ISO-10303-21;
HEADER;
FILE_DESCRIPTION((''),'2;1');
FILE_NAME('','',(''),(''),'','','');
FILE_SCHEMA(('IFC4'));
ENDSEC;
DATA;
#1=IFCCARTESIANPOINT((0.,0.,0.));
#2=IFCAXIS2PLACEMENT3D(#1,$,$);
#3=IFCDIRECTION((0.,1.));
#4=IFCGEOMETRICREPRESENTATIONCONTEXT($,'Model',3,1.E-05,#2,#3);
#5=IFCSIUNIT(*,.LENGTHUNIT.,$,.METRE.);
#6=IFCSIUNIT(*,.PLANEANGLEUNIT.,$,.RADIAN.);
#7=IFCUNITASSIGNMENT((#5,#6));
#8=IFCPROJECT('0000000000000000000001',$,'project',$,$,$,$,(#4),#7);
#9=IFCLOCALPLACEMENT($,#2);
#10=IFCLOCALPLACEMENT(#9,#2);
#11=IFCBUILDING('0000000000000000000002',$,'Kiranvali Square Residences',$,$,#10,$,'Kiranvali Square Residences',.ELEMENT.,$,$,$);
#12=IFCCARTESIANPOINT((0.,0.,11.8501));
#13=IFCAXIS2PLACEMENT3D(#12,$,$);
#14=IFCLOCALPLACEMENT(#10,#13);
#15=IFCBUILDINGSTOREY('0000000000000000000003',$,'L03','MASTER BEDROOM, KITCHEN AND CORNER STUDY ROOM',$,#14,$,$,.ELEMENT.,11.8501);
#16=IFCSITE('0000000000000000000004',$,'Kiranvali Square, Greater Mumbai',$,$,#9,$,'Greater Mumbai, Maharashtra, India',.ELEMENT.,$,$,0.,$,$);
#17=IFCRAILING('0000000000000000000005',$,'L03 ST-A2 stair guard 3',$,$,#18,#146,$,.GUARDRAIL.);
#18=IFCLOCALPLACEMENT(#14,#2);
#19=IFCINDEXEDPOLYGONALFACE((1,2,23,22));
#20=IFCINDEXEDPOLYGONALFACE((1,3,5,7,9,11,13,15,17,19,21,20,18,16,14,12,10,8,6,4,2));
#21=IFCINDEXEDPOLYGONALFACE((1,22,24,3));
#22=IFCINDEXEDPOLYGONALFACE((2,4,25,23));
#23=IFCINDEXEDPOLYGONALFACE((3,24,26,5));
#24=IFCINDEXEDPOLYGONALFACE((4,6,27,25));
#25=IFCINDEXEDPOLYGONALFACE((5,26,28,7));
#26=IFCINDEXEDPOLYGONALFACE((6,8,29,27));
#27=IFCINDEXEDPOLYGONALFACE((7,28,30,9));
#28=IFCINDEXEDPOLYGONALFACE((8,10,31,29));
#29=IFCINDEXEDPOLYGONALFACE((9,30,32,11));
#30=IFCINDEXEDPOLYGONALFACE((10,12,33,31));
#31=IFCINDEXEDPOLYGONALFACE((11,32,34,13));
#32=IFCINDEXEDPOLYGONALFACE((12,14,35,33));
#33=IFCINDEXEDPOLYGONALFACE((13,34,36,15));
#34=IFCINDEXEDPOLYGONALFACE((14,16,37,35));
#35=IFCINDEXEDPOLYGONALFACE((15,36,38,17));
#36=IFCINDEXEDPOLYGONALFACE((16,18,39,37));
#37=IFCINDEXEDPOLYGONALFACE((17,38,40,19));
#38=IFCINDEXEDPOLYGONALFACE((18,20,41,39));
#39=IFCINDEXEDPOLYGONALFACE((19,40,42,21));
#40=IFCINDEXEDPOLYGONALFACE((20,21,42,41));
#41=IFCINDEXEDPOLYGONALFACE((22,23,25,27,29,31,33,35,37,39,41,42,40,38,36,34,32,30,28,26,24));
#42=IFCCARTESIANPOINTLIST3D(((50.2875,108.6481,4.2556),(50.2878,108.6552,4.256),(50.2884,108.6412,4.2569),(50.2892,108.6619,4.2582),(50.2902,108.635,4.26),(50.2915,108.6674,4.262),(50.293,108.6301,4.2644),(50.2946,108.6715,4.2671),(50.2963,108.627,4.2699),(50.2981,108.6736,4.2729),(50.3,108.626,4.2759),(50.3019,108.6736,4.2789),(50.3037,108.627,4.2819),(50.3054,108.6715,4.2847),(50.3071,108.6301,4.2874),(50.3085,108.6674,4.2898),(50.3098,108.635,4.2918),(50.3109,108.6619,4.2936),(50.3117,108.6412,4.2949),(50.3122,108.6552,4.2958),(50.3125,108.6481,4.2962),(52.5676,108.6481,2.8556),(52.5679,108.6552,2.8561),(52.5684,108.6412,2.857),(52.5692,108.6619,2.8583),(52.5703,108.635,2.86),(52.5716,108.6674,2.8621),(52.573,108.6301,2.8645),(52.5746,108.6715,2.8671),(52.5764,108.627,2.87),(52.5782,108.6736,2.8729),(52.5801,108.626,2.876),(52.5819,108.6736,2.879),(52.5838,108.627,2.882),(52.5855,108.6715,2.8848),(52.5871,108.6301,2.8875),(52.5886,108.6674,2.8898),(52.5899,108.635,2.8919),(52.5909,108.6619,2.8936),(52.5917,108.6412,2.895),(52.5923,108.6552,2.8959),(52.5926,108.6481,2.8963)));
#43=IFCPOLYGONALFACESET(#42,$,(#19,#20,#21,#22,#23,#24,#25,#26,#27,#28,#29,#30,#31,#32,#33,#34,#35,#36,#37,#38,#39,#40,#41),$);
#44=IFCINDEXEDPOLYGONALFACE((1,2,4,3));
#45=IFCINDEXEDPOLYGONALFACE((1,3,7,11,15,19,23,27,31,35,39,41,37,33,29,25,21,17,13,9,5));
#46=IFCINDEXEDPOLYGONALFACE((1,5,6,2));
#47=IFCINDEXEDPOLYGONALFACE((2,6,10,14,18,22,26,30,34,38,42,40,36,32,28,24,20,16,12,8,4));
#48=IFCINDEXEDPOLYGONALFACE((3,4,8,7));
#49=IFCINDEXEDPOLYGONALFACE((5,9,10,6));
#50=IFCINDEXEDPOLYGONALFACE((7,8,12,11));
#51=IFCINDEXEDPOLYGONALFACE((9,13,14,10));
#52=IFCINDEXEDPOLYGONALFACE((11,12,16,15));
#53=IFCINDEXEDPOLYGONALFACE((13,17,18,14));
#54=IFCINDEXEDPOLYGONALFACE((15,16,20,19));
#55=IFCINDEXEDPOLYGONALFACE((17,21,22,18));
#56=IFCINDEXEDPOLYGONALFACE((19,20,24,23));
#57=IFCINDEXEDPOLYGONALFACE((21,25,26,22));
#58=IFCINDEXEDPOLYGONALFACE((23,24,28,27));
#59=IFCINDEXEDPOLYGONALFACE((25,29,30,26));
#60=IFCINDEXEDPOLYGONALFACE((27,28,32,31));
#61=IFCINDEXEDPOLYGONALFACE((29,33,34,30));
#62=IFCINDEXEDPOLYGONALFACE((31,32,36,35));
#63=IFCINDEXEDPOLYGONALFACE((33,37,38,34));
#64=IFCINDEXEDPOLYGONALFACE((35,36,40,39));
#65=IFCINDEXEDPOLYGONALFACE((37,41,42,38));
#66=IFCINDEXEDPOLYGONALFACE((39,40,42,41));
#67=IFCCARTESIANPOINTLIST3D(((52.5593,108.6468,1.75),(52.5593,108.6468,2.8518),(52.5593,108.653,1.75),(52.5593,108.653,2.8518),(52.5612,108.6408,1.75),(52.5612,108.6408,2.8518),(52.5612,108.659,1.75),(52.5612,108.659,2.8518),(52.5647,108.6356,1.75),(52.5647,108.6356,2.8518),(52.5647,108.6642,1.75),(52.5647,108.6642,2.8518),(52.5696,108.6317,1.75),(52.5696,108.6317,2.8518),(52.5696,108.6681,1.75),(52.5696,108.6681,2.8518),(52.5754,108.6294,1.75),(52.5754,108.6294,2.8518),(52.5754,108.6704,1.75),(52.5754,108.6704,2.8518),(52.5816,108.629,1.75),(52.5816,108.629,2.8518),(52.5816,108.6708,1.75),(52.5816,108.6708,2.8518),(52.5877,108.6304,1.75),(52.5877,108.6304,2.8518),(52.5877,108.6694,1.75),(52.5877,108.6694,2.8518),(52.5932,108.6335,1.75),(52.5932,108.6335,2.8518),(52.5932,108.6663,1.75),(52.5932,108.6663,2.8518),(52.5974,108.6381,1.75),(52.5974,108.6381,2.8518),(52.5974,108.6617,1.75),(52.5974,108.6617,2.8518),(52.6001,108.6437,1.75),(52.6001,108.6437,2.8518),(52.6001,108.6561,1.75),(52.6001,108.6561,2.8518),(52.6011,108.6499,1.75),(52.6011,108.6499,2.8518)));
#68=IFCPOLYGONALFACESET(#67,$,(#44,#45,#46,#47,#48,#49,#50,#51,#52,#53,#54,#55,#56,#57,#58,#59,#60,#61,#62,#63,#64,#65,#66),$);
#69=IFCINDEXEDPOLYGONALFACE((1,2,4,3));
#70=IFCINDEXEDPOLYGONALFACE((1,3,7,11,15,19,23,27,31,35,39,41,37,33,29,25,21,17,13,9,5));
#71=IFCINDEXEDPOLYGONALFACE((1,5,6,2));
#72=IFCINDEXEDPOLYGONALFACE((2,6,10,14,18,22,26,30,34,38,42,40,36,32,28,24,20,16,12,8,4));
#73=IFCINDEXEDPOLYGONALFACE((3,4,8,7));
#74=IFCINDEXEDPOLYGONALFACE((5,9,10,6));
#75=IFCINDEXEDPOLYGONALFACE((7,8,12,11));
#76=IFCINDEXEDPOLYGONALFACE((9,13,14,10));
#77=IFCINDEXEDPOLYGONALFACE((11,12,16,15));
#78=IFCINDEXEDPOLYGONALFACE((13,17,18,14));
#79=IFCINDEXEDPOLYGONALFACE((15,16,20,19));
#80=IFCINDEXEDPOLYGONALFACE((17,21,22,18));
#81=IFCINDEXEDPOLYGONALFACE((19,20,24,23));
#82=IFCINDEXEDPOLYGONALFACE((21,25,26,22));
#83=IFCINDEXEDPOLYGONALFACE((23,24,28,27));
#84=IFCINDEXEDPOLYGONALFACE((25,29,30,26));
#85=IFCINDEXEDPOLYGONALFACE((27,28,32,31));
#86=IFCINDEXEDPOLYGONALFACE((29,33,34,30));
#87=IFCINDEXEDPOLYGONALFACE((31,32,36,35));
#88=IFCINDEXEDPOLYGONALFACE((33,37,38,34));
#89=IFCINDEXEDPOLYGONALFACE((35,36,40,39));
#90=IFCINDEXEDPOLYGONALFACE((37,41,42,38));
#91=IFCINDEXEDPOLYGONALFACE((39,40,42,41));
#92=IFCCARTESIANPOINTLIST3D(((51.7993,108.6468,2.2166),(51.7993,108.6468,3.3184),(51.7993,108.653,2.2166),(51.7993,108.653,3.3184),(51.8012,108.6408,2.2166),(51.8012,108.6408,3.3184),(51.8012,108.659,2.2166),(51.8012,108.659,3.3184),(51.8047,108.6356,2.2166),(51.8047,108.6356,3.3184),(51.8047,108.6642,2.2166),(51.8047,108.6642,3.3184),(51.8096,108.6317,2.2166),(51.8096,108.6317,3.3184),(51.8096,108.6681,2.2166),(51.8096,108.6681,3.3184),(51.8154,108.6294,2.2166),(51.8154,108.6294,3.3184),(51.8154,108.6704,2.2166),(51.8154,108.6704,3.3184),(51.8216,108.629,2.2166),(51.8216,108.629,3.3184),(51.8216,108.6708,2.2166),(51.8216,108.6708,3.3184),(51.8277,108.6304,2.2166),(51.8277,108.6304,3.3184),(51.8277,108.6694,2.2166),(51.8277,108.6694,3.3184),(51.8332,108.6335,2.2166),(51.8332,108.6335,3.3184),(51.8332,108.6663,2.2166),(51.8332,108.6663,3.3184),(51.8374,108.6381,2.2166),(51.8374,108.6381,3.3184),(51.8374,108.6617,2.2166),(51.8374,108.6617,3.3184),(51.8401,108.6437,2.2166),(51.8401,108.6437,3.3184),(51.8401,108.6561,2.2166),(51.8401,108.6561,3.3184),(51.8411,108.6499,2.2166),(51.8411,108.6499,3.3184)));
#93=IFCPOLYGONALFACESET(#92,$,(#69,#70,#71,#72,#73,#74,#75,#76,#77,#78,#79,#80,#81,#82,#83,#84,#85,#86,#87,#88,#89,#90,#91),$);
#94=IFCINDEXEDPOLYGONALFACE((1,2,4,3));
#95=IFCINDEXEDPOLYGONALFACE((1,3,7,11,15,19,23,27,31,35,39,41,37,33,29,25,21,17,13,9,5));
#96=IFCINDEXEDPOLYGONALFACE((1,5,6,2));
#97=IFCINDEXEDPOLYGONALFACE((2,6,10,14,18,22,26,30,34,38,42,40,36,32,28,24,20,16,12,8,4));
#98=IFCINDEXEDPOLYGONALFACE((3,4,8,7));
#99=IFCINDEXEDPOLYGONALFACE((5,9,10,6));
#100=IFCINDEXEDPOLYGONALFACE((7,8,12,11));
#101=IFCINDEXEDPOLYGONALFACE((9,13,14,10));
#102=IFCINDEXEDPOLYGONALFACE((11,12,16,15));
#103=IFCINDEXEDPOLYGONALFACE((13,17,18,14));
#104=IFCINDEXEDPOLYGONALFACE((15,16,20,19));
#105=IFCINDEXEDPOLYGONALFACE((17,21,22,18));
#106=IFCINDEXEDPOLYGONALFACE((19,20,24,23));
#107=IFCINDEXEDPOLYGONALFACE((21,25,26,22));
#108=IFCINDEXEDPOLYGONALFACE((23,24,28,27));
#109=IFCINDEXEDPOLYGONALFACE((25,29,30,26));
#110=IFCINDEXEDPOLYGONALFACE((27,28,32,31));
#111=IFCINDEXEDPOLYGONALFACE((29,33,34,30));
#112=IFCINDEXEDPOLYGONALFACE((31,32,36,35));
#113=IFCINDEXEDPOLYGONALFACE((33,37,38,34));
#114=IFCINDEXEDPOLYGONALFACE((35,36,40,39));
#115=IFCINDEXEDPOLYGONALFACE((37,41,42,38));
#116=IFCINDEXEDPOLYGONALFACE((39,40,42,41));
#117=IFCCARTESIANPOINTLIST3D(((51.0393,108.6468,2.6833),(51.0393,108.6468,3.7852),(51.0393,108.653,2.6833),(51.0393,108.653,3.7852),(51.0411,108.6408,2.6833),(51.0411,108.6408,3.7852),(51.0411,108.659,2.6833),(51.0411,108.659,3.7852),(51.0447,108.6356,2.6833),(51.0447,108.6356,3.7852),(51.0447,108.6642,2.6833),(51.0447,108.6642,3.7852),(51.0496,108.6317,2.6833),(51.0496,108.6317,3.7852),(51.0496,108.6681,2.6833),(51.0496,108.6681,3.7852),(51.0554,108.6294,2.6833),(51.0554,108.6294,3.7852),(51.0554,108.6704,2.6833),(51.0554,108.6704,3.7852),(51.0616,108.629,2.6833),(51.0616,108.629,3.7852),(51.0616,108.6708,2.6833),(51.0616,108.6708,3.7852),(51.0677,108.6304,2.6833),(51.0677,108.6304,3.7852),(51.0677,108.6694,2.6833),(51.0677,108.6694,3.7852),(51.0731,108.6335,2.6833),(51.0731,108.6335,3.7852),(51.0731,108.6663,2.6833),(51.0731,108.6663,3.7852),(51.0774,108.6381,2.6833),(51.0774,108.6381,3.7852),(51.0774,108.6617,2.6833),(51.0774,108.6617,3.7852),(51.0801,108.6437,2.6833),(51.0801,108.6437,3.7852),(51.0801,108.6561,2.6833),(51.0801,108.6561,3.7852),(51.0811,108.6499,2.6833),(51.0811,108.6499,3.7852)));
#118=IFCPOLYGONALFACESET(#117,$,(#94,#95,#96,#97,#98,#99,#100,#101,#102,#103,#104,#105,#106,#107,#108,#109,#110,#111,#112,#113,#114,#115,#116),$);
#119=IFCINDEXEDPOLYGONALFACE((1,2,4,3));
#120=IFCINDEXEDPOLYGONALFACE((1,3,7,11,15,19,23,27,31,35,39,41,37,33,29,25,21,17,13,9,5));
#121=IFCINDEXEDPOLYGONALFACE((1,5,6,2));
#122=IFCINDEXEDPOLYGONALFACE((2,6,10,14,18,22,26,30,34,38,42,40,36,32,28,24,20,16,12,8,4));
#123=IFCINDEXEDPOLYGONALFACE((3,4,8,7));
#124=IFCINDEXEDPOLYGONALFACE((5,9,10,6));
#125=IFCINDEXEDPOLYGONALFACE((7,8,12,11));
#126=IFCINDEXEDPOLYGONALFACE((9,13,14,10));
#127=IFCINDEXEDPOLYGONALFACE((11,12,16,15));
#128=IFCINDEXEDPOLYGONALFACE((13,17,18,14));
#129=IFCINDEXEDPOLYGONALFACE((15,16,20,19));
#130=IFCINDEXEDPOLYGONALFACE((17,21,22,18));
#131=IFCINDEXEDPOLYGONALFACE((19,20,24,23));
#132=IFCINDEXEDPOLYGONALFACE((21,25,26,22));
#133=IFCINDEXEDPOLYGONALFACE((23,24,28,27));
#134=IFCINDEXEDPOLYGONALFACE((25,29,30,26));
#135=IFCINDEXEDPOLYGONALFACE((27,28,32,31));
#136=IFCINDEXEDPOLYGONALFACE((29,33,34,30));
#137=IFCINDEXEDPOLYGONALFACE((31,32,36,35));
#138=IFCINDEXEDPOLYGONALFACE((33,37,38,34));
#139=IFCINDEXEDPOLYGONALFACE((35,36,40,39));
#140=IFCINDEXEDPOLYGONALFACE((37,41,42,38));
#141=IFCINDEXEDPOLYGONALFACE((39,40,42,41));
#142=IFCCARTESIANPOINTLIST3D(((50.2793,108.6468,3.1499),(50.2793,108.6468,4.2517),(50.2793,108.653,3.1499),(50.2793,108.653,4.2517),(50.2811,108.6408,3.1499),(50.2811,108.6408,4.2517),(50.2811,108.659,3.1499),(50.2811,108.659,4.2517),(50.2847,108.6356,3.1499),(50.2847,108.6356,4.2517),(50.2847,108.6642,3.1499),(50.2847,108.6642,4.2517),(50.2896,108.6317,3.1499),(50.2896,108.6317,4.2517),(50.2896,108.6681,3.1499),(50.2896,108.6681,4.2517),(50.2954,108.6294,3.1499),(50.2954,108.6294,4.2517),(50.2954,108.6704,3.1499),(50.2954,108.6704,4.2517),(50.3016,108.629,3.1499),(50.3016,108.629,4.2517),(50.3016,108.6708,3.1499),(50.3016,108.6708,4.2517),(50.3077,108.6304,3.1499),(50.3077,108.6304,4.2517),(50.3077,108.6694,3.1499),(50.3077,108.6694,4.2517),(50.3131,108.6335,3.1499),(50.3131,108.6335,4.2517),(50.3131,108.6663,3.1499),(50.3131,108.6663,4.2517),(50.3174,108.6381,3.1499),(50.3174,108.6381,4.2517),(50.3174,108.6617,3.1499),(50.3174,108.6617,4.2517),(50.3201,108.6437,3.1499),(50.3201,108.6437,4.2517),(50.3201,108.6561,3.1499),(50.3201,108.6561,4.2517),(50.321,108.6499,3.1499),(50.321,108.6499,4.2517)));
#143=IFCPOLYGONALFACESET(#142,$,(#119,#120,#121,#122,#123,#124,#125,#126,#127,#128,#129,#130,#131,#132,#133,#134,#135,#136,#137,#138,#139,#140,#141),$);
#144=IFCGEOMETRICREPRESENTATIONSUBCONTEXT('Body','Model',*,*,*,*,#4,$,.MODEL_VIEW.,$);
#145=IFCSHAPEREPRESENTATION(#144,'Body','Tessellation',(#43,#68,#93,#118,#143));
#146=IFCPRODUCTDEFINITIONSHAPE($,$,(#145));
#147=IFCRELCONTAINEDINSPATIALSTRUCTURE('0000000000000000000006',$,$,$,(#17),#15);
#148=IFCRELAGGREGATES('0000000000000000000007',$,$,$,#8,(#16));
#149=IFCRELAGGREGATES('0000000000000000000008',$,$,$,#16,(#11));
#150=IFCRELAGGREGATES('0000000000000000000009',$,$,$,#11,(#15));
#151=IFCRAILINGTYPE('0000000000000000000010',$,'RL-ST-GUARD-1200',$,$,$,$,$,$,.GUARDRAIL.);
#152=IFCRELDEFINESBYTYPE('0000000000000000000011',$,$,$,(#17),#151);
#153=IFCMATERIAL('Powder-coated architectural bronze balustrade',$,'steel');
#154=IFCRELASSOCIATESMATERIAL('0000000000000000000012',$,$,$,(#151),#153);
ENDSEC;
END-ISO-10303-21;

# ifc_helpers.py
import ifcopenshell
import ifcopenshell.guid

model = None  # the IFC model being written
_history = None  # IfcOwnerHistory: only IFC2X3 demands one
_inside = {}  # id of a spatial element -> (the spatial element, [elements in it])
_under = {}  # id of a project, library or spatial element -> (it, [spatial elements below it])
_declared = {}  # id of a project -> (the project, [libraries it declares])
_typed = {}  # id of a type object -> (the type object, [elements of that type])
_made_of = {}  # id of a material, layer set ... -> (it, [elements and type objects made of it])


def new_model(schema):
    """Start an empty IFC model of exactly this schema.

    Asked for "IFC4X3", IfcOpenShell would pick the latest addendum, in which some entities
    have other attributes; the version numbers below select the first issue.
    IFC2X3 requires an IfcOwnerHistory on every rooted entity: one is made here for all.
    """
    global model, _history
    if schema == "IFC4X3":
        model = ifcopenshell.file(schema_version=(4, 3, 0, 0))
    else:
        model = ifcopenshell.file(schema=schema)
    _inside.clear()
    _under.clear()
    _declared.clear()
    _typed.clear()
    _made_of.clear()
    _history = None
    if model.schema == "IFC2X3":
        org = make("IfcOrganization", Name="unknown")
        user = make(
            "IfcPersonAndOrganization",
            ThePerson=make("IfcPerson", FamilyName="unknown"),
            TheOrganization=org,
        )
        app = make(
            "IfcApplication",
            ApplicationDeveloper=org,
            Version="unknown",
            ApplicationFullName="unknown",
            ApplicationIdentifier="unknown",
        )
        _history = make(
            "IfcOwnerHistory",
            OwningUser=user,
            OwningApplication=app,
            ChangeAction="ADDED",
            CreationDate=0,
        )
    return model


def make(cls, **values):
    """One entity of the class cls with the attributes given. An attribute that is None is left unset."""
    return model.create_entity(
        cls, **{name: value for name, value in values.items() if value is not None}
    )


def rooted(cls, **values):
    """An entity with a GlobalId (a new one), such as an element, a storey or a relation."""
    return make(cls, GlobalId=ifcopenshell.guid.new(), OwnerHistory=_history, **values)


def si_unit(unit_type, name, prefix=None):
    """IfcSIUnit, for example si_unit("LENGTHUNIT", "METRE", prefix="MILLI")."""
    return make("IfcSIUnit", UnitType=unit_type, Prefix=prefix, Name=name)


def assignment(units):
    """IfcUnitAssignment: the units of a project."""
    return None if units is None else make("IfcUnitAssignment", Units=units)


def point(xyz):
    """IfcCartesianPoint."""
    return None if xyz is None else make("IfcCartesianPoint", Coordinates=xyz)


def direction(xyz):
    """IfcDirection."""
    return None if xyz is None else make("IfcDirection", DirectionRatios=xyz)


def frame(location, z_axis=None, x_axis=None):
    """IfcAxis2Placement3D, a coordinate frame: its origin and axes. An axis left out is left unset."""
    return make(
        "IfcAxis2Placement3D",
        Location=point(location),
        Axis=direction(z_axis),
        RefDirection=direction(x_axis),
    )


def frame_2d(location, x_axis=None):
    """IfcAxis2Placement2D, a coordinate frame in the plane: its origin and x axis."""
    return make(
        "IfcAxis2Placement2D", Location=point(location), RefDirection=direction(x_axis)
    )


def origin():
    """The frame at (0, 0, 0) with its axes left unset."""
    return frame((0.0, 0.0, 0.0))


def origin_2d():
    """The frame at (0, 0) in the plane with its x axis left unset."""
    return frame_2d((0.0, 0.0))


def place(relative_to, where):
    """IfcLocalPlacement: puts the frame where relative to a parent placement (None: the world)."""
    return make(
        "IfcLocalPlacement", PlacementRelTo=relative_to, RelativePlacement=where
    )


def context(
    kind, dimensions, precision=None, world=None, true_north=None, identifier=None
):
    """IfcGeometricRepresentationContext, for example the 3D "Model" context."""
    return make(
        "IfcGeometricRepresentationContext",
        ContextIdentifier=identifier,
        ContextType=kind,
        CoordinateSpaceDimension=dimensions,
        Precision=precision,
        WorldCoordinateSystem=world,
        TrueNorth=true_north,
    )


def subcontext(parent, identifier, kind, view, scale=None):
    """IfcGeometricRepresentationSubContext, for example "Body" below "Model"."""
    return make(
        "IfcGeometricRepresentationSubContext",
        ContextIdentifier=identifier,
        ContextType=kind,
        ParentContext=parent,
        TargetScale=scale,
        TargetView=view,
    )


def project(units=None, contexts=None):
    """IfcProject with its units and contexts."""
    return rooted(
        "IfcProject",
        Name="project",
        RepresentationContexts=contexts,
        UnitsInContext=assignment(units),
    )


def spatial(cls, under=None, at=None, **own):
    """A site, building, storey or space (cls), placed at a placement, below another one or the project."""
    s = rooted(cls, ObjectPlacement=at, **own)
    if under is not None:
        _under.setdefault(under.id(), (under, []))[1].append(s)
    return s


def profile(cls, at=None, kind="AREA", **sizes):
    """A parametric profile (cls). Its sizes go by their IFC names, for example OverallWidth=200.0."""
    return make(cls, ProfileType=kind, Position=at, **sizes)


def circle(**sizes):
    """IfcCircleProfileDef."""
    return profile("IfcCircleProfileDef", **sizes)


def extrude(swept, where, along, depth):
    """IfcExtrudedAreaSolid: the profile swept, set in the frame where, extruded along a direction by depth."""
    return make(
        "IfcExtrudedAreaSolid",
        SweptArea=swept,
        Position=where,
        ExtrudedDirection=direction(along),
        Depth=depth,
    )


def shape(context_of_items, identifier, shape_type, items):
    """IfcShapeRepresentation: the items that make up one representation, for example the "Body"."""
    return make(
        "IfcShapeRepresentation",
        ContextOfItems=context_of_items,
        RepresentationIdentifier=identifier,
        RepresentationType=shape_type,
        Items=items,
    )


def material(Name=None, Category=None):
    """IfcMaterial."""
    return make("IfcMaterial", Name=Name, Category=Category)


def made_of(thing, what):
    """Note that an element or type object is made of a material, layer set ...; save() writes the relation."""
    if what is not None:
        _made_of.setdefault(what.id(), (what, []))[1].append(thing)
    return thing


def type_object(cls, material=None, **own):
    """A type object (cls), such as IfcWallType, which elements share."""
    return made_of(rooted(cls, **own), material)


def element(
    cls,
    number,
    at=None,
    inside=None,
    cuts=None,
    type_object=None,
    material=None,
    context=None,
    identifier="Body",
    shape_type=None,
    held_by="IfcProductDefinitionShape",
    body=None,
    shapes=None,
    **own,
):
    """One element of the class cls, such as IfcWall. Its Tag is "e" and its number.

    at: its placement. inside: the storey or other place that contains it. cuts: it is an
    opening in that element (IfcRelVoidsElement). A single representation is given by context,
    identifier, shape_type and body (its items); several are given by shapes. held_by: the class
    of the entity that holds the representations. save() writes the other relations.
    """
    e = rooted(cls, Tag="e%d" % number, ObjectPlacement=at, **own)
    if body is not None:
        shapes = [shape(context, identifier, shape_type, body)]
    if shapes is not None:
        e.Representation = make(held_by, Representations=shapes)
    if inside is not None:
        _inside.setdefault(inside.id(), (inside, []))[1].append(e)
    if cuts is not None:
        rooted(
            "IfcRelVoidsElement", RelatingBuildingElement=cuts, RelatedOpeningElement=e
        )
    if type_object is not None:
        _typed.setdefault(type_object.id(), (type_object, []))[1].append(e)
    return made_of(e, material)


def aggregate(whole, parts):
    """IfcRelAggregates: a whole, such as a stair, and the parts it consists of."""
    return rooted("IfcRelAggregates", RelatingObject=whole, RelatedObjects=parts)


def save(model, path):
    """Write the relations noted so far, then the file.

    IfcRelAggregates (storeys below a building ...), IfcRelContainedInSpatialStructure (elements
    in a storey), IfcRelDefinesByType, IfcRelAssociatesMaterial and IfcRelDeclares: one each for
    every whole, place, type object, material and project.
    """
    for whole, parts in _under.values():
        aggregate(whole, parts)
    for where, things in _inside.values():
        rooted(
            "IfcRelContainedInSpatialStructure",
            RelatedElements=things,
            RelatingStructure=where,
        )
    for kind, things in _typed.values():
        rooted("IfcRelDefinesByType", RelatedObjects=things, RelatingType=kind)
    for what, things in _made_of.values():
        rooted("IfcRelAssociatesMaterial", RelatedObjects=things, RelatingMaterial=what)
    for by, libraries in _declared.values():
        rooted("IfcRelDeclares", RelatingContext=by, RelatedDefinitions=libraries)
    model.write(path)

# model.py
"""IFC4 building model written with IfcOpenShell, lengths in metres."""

from ifc_helpers import new_model, si_unit, direction, frame, origin, origin_2d, place, context, subcontext, project, spatial, circle, extrude, material, type_object, element, save


model = new_model("IFC4")

# Units and contexts
model_context = context("Model", 3, precision=1e-05, world=origin(), true_north=direction((0.0, 1.0)))
body_context = subcontext(model_context, "Body", "Model", "MODEL_VIEW")
ifc_project = project(units=[si_unit("LENGTHUNIT", "METRE"), si_unit("PLANEANGLEUNIT", "RADIAN")], contexts=[model_context])

# Site, building, storey
site_placement = place(None, origin())
site = spatial("IfcSite", under=ifc_project, at=site_placement, Name="Kiranvali Square, Greater Mumbai", LongName="Greater Mumbai, Maharashtra, India", CompositionType="ELEMENT", RefElevation=0.0)
building_placement = place(site_placement, origin())
building = spatial("IfcBuilding", under=site, at=building_placement, Name="Kiranvali Square Residences", LongName="Kiranvali Square Residences", CompositionType="ELEMENT")
storey_placement = place(building_placement, frame((0.0, 0.0, 11.8501)))
storey = spatial("IfcBuildingStorey", under=building, at=storey_placement, Name="L03", Description="MASTER BEDROOM, KITCHEN AND CORNER STUDY ROOM", CompositionType="ELEMENT", Elevation=11.8501)

# Railing
ifc_material_1 = material(Name="Powder-coated architectural bronze balustrade", Category="steel")
railing_type_1 = type_object("IfcRailingType", Name="RL-ST-GUARD-1200", PredefinedType="GUARDRAIL", material=ifc_material_1)
railing_1_placement = place(storey_placement, frame((52.5801, 108.6499, 1.75)))
element("IfcRailing", 1, at=railing_1_placement, inside=storey, type_object=railing_type_1, Name="L03 ST-A2 stair guard 3", PredefinedType="GUARDRAIL", context=body_context, shape_type="SweptSolid", body=[
    extrude(circle(Radius=0.0239, at=origin_2d()), frame((0.0, 0.0, 1.126), z_axis=(-0.85219, 0.0, 0.523232), x_axis=(0.0, -1.0, 0.0)), (0.0, 0.0, 1.0), 2.6755),
    extrude(circle(Radius=0.021, at=origin_2d()), origin(), (0.0, 0.0, 1.0), 1.1018),
    extrude(circle(Radius=0.021, at=origin_2d()), frame((-0.76, 0.0, 0.4666)), (0.0, 0.0, 1.0), 1.1018),
    extrude(circle(Radius=0.021, at=origin_2d()), frame((-1.52, 0.0, 0.9333)), (0.0, 0.0, 1.0), 1.1018),
    extrude(circle(Radius=0.021, at=origin_2d()), frame((-2.28, 0.0, 1.3999)), (0.0, 0.0, 1.0), 1.1018),
])

save(model, "model.ifc")
